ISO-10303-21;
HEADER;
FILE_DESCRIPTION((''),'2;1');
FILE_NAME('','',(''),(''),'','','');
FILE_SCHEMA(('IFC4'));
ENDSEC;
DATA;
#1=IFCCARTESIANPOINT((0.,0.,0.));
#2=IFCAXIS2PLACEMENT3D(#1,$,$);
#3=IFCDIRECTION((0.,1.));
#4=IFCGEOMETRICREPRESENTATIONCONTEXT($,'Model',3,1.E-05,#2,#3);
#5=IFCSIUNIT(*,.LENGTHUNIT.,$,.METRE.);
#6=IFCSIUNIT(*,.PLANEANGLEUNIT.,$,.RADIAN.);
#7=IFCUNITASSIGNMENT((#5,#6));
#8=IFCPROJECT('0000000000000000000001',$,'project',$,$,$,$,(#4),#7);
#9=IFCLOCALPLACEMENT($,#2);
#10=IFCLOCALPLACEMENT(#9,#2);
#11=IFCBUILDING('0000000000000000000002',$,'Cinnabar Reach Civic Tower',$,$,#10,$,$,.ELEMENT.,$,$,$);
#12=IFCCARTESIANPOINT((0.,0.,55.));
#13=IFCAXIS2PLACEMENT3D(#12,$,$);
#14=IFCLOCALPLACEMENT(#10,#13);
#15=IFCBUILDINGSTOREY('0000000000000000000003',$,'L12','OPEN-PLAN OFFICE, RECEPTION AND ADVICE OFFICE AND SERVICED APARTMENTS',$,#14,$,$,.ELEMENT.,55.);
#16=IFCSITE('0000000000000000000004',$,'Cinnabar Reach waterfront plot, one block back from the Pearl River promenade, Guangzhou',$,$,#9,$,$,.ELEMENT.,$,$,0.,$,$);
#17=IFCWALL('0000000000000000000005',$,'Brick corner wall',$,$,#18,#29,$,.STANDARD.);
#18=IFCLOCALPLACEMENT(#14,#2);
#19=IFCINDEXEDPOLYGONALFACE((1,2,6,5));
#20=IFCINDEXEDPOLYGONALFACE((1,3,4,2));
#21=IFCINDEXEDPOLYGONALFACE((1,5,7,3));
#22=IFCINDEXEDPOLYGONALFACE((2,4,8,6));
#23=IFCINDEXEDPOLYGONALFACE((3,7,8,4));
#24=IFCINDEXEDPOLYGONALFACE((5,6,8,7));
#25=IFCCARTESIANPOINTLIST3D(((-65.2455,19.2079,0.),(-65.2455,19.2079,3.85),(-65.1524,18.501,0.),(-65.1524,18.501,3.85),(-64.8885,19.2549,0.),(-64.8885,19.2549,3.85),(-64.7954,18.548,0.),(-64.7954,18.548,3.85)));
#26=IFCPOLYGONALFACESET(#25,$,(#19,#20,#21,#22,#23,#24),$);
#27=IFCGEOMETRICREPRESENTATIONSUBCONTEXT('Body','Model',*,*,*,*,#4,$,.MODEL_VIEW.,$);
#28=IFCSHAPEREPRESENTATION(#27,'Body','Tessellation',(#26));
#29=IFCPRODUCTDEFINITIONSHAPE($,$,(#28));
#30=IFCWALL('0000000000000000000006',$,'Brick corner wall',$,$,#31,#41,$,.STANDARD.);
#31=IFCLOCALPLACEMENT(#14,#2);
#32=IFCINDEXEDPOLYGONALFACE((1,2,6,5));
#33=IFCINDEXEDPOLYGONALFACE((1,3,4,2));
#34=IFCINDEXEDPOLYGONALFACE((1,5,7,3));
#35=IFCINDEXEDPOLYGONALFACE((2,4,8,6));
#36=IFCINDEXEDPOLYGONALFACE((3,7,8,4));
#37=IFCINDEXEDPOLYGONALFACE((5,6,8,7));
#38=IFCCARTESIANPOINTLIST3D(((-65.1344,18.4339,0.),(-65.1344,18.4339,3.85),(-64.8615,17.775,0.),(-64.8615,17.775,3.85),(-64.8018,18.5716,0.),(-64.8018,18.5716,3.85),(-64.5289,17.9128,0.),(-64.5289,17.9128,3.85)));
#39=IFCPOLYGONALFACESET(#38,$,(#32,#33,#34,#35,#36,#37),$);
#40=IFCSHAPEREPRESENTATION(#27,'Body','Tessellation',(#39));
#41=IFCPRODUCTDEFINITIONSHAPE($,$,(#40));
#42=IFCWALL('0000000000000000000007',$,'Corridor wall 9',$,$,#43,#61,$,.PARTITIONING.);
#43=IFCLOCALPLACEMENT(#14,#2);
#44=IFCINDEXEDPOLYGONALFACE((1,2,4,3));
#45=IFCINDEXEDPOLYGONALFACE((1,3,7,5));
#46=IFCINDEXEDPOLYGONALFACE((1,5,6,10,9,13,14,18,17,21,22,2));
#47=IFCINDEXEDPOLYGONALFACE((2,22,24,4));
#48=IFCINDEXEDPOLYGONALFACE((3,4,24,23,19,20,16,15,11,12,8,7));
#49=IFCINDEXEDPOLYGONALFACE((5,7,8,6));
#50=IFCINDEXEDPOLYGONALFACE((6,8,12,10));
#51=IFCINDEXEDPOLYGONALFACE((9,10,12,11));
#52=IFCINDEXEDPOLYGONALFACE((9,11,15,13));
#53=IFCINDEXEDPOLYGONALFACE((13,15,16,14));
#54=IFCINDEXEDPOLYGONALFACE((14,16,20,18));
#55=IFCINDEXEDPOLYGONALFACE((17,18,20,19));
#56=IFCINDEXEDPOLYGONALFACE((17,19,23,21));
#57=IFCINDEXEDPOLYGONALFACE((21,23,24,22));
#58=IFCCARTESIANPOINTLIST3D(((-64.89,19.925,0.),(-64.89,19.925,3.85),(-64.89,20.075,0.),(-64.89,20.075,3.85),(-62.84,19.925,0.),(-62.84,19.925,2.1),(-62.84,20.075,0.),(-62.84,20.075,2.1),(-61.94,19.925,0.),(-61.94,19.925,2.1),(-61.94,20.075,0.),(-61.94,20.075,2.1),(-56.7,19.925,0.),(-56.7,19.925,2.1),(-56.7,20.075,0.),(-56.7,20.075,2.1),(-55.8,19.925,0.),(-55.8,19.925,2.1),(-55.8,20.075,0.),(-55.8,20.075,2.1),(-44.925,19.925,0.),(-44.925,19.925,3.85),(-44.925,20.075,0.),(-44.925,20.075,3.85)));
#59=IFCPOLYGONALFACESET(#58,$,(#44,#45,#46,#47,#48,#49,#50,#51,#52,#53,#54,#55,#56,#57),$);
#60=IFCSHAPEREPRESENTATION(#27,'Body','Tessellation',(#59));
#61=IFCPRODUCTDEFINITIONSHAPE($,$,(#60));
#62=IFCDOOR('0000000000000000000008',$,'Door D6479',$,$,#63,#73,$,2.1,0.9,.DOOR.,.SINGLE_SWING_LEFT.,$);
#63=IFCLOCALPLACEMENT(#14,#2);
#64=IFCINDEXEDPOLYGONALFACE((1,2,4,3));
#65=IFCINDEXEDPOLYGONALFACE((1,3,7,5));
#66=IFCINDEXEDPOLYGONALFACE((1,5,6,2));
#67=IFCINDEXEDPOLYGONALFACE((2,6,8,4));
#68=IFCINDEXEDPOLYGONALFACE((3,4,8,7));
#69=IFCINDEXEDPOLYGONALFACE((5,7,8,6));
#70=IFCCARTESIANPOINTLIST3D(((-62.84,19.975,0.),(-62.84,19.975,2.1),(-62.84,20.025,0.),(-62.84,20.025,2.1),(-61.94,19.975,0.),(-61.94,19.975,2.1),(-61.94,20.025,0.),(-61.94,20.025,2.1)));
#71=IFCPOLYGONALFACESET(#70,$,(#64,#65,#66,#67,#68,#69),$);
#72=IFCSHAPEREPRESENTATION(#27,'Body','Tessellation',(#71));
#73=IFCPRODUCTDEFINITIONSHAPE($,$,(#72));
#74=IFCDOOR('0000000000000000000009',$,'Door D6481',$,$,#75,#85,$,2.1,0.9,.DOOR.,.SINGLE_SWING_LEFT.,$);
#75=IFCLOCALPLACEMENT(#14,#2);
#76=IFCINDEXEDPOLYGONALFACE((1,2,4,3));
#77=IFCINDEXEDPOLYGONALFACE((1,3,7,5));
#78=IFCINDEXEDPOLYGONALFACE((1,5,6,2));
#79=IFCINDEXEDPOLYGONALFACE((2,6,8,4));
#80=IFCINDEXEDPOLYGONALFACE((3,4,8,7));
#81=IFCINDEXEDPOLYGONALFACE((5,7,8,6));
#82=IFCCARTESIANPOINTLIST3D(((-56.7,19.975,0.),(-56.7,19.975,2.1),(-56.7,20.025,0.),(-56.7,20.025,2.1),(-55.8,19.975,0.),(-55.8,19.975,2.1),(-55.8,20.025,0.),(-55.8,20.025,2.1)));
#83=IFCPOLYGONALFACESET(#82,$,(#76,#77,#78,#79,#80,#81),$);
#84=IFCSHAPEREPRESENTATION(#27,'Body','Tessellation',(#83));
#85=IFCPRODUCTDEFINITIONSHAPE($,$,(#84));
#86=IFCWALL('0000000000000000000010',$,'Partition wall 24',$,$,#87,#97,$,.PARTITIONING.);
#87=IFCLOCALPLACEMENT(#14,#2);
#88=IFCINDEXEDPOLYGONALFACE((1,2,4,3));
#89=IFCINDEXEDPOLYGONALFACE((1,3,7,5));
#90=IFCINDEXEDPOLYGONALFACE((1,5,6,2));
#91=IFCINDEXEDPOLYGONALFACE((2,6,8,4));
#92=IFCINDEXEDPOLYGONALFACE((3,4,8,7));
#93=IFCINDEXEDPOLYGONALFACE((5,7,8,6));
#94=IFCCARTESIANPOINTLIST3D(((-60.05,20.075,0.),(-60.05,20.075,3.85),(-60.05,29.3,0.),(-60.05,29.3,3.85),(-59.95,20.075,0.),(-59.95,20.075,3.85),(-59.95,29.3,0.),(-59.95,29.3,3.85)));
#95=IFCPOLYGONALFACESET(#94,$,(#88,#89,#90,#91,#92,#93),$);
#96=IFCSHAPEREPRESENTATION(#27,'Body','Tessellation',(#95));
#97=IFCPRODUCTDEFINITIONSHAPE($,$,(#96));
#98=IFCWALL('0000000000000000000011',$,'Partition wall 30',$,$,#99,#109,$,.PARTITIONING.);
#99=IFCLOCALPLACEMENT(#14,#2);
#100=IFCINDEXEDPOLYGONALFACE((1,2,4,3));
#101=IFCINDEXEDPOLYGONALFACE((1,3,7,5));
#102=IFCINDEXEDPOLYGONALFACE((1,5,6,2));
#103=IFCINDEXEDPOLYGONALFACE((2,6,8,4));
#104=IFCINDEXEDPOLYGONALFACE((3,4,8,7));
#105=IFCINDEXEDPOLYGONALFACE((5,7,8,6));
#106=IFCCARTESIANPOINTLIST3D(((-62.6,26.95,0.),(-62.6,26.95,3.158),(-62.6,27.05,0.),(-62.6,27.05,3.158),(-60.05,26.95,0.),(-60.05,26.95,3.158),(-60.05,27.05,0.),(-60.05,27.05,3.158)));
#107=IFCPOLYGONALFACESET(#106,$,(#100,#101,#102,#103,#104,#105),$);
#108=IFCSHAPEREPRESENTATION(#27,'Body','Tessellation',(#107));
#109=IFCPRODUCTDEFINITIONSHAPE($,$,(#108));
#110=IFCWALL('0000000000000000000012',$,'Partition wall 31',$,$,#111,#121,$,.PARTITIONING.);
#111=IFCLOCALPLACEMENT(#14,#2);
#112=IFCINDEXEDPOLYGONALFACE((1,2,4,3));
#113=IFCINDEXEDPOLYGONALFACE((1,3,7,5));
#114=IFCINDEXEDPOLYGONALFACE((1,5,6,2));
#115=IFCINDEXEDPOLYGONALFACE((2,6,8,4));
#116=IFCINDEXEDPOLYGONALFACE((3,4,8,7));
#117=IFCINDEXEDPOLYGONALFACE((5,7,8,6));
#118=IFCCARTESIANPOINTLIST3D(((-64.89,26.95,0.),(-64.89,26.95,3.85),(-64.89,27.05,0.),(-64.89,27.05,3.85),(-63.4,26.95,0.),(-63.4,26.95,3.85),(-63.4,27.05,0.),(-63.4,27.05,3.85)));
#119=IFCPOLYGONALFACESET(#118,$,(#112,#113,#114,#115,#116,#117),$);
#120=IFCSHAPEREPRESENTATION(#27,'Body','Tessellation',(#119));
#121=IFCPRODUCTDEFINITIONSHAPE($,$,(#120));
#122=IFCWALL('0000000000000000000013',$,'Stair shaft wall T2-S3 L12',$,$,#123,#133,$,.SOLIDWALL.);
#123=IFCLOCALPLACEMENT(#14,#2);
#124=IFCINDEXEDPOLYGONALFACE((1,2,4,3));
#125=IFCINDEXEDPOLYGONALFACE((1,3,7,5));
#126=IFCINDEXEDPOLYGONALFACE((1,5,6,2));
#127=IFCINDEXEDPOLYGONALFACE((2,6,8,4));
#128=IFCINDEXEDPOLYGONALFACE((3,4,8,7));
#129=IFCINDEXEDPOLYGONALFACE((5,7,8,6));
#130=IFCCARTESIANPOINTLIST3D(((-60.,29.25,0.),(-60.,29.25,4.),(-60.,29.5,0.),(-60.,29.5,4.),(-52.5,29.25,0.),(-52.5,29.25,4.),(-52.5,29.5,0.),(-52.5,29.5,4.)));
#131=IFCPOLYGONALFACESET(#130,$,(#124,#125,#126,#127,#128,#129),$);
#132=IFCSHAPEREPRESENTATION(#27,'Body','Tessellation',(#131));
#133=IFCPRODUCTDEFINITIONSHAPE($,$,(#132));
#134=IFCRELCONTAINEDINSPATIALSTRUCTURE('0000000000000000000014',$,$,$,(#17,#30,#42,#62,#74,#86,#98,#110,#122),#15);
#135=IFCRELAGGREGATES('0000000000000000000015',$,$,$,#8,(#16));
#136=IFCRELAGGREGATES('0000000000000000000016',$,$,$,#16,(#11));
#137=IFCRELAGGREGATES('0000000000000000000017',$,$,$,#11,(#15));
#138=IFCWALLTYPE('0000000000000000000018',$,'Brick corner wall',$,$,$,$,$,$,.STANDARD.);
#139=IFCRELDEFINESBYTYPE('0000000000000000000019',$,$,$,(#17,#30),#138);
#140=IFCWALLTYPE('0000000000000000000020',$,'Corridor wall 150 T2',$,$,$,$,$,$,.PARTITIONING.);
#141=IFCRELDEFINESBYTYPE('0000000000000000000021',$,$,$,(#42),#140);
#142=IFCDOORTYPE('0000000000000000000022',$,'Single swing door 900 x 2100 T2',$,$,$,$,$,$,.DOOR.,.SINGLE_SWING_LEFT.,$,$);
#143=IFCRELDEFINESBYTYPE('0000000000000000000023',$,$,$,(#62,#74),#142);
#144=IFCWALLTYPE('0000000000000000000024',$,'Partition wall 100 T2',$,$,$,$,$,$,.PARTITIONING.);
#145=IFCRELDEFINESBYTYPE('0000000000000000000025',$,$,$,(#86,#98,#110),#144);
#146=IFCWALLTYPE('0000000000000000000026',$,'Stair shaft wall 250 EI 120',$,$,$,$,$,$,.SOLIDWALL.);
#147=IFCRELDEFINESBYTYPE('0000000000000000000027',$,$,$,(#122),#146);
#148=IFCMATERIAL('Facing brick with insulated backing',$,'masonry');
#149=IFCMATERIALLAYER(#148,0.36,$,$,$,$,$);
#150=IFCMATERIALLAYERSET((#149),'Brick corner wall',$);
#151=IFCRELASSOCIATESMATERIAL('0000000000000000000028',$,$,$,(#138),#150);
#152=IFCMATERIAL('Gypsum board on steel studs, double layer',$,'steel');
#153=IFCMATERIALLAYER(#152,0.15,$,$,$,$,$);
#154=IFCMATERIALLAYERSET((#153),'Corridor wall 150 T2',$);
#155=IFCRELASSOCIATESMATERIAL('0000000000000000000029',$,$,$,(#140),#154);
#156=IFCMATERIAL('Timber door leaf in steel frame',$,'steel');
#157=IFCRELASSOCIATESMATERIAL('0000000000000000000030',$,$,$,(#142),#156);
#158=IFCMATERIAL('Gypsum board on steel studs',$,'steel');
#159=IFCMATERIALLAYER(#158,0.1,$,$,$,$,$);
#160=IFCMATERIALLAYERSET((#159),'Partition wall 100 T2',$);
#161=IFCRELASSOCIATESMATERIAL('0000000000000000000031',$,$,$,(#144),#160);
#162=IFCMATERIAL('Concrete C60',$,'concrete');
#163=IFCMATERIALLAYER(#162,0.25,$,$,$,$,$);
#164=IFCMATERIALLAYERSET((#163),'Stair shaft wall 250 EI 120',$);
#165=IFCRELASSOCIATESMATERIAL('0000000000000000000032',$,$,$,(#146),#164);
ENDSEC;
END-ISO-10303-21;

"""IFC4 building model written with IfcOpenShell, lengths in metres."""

from ifc_helpers import new_model, si_unit, direction, frame, frame_2d, origin, place, context, subcontext, project, spatial, rectangle, extrude, material, layer, layer_set, type_object, element, fill, save


model = new_model("IFC4")

# Units and contexts
model_context = context("Model", 3, precision=1e-05, world=origin(), true_north=direction((0.0, 1.0)))
body_context = subcontext(model_context, "Body", "Model", "MODEL_VIEW")
ifc_project = project(units=[si_unit("LENGTHUNIT", "METRE"), si_unit("PLANEANGLEUNIT", "RADIAN")], contexts=[model_context])

# Site, building, storey
site_placement = place(None, origin())
site = spatial("IfcSite", under=ifc_project, at=site_placement, Name="Cinnabar Reach waterfront plot, one block back from the Pearl River promenade, Guangzhou", CompositionType="ELEMENT", RefElevation=0.0)
building_placement = place(site_placement, origin())
building = spatial("IfcBuilding", under=site, at=building_placement, Name="Cinnabar Reach Civic Tower", CompositionType="ELEMENT")
storey_placement = place(building_placement, frame((0.0, 0.0, 55.0)))
storey = spatial("IfcBuildingStorey", under=building, at=storey_placement, Name="L12", Description="OPEN-PLAN OFFICE, RECEPTION AND ADVICE OFFICE AND SERVICED APARTMENTS", CompositionType="ELEMENT", Elevation=55.0)

# Shared definitions
ifc_material_1 = material(Name="Concrete C60", Category="concrete")

# Walls
ifc_material_2 = material(Name="Facing brick with insulated backing", Category="masonry")
ifc_layer_1 = layer(ifc_material_2, 0.36)
ifc_layer_set_1 = layer_set([ifc_layer_1], Name="Brick corner wall")
wall_type_1 = type_object("IfcWallType", Name="Brick corner wall", PredefinedType="STANDARD", material=ifc_layer_set_1)
for number, where, z_axis, x_axis, name in (
    (1, (-65.067, 19.2314, 0.0), (0.0, 0.0, 1.0), (0.130556, -0.991441, 0.0), "Brick corner wall"),
    (2, (-64.9681, 18.5027, 0.0), (0.0, 0.0, 1.0), (0.382703, -0.923872, 0.0), "Brick corner wall"),
):
    element("IfcWall", number, at=place(storey_placement, frame(where, z_axis=z_axis, x_axis=x_axis)), inside=storey, type_object=wall_type_1, Name=name, PredefinedType="STANDARD", context=body_context, shape_type="SweptSolid", body=[
        extrude(rectangle(XDim=0.7131, YDim=0.36, at=frame_2d((0.3565, 0.0))), origin(), (0.0, 0.0, 1.0), 3.85),
    ])

# Wall, openings, doors
ifc_material_3 = material(Name="Gypsum board on steel studs, double layer", Category="steel")
ifc_layer_2 = layer(ifc_material_3, 0.15)
ifc_layer_set_2 = layer_set([ifc_layer_2], Name="Corridor wall 150 T2")
wall_type_2 = type_object("IfcWallType", Name="Corridor wall 150 T2", PredefinedType="PARTITIONING", material=ifc_layer_set_2)
wall_1_placement = place(storey_placement, frame((-64.89, 20.0, 0.0), z_axis=(0.0, 0.0, 1.0), x_axis=(1.0, 0.0, 0.0)))
wall_1 = element("IfcWall", 3, at=wall_1_placement, inside=storey, type_object=wall_type_2, Name="Corridor wall 9", PredefinedType="PARTITIONING", context=body_context, shape_type="SweptSolid", body=[
    extrude(rectangle(XDim=19.965, YDim=0.15, at=frame_2d((9.9825, 0.0))), origin(), (0.0, 0.0, 1.0), 3.85),
])
opening_1_placement = place(wall_1_placement, frame((2.05, 0.0, 0.0)))
opening_1 = element("IfcOpeningElement", 4, at=opening_1_placement, cuts=wall_1, PredefinedType="OPENING", context=body_context, shape_type="SweptSolid", body=[
    extrude(rectangle(XDim=0.9, YDim=2.1, at=frame_2d((0.45, 1.05))), frame((0.0, 0.085, 0.0), z_axis=(0.0, -1.0, 0.0), x_axis=(1.0, 0.0, 0.0)), (0.0, 0.0, 1.0), 0.17),
])
opening_2_placement = place(wall_1_placement, frame((8.19, 0.0, 0.0)))
opening_2 = element("IfcOpeningElement", 5, at=opening_2_placement, cuts=wall_1, PredefinedType="OPENING", context=body_context, shape_type="SweptSolid", body=[
    extrude(rectangle(XDim=0.9, YDim=2.1, at=frame_2d((0.45, 1.05))), frame((0.0, 0.085, 0.0), z_axis=(0.0, -1.0, 0.0), x_axis=(1.0, 0.0, 0.0)), (0.0, 0.0, 1.0), 0.17),
])
ifc_material_4 = material(Name="Timber door leaf in steel frame", Category="steel")
door_type = type_object("IfcDoorType", Name="Single swing door 900 x 2100 T2", OperationType="SINGLE_SWING_LEFT", PredefinedType="DOOR", material=ifc_material_4)
door_1_placement = place(opening_1_placement, origin())
door_1 = element("IfcDoor", 6, at=door_1_placement, inside=storey, type_object=door_type, Name="Door D6479", OperationType="SINGLE_SWING_LEFT", OverallHeight=2.1, OverallWidth=0.9, PredefinedType="DOOR", context=body_context, shape_type="SweptSolid", body=[
    extrude(rectangle(XDim=0.9, YDim=2.1, at=frame_2d((0.45, 1.05))), frame((0.0, 0.025, 0.0), z_axis=(0.0, -1.0, 0.0), x_axis=(1.0, 0.0, 0.0)), (0.0, 0.0, 1.0), 0.05),
])
fill(opening_1, door_1)
door_2_placement = place(opening_2_placement, origin())
door_2 = element("IfcDoor", 7, at=door_2_placement, inside=storey, type_object=door_type, Name="Door D6481", OperationType="SINGLE_SWING_LEFT", OverallHeight=2.1, OverallWidth=0.9, PredefinedType="DOOR", context=body_context, shape_type="SweptSolid", body=[
    extrude(rectangle(XDim=0.9, YDim=2.1, at=frame_2d((0.45, 1.05))), frame((0.0, 0.025, 0.0), z_axis=(0.0, -1.0, 0.0), x_axis=(1.0, 0.0, 0.0)), (0.0, 0.0, 1.0), 0.05),
])
fill(opening_2, door_2)

# Walls
ifc_material_5 = material(Name="Gypsum board on steel studs", Category="steel")
ifc_layer_3 = layer(ifc_material_5, 0.1)
ifc_layer_set_3 = layer_set([ifc_layer_3], Name="Partition wall 100 T2")
wall_type_3 = type_object("IfcWallType", Name="Partition wall 100 T2", PredefinedType="PARTITIONING", material=ifc_layer_set_3)
wall_2_placement = place(storey_placement, frame((-60.0, 20.075, 0.0), z_axis=(0.0, 0.0, 1.0), x_axis=(0.0, 1.0, 0.0)))
element("IfcWall", 8, at=wall_2_placement, inside=storey, type_object=wall_type_3, Name="Partition wall 24", PredefinedType="PARTITIONING", context=body_context, shape_type="SweptSolid", body=[
    extrude(rectangle(XDim=9.225, YDim=0.1, at=frame_2d((4.6125, 0.0))), origin(), (0.0, 0.0, 1.0), 3.85),
])
wall_3_placement = place(storey_placement, frame((-62.6, 27.0, 0.0), z_axis=(0.0, 0.0, 1.0), x_axis=(1.0, 0.0, 0.0)))
element("IfcWall", 9, at=wall_3_placement, inside=storey, type_object=wall_type_3, Name="Partition wall 30", PredefinedType="PARTITIONING", context=body_context, shape_type="SweptSolid", body=[
    extrude(rectangle(XDim=2.55, YDim=0.1, at=frame_2d((1.275, 0.0))), origin(), (0.0, 0.0, 1.0), 3.158),
])
wall_4_placement = place(storey_placement, frame((-64.89, 27.0, 0.0), z_axis=(0.0, 0.0, 1.0), x_axis=(1.0, 0.0, 0.0)))
element("IfcWall", 10, at=wall_4_placement, inside=storey, type_object=wall_type_3, Name="Partition wall 31", PredefinedType="PARTITIONING", context=body_context, shape_type="SweptSolid", body=[
    extrude(rectangle(XDim=1.49, YDim=0.1, at=frame_2d((0.745, 0.0))), origin(), (0.0, 0.0, 1.0), 3.85),
])
ifc_layer_4 = layer(ifc_material_1, 0.25)
ifc_layer_set_4 = layer_set([ifc_layer_4], Name="Stair shaft wall 250 EI 120")
wall_type_4 = type_object("IfcWallType", Name="Stair shaft wall 250 EI 120", PredefinedType="SOLIDWALL", material=ifc_layer_set_4)
wall_5_placement = place(storey_placement, frame((-60.0, 29.375, 0.0), z_axis=(0.0, 0.0, 1.0), x_axis=(1.0, 0.0, 0.0)))
element("IfcWall", 11, at=wall_5_placement, inside=storey, type_object=wall_type_4, Name="Stair shaft wall T2-S3 L12", PredefinedType="SOLIDWALL", context=body_context, shape_type="SweptSolid", body=[
    extrude(rectangle(XDim=7.5, YDim=0.25, at=frame_2d((3.75, 0.0))), origin(), (0.0, 0.0, 1.0), 4.0),
])

save(model, "model.ifc")
